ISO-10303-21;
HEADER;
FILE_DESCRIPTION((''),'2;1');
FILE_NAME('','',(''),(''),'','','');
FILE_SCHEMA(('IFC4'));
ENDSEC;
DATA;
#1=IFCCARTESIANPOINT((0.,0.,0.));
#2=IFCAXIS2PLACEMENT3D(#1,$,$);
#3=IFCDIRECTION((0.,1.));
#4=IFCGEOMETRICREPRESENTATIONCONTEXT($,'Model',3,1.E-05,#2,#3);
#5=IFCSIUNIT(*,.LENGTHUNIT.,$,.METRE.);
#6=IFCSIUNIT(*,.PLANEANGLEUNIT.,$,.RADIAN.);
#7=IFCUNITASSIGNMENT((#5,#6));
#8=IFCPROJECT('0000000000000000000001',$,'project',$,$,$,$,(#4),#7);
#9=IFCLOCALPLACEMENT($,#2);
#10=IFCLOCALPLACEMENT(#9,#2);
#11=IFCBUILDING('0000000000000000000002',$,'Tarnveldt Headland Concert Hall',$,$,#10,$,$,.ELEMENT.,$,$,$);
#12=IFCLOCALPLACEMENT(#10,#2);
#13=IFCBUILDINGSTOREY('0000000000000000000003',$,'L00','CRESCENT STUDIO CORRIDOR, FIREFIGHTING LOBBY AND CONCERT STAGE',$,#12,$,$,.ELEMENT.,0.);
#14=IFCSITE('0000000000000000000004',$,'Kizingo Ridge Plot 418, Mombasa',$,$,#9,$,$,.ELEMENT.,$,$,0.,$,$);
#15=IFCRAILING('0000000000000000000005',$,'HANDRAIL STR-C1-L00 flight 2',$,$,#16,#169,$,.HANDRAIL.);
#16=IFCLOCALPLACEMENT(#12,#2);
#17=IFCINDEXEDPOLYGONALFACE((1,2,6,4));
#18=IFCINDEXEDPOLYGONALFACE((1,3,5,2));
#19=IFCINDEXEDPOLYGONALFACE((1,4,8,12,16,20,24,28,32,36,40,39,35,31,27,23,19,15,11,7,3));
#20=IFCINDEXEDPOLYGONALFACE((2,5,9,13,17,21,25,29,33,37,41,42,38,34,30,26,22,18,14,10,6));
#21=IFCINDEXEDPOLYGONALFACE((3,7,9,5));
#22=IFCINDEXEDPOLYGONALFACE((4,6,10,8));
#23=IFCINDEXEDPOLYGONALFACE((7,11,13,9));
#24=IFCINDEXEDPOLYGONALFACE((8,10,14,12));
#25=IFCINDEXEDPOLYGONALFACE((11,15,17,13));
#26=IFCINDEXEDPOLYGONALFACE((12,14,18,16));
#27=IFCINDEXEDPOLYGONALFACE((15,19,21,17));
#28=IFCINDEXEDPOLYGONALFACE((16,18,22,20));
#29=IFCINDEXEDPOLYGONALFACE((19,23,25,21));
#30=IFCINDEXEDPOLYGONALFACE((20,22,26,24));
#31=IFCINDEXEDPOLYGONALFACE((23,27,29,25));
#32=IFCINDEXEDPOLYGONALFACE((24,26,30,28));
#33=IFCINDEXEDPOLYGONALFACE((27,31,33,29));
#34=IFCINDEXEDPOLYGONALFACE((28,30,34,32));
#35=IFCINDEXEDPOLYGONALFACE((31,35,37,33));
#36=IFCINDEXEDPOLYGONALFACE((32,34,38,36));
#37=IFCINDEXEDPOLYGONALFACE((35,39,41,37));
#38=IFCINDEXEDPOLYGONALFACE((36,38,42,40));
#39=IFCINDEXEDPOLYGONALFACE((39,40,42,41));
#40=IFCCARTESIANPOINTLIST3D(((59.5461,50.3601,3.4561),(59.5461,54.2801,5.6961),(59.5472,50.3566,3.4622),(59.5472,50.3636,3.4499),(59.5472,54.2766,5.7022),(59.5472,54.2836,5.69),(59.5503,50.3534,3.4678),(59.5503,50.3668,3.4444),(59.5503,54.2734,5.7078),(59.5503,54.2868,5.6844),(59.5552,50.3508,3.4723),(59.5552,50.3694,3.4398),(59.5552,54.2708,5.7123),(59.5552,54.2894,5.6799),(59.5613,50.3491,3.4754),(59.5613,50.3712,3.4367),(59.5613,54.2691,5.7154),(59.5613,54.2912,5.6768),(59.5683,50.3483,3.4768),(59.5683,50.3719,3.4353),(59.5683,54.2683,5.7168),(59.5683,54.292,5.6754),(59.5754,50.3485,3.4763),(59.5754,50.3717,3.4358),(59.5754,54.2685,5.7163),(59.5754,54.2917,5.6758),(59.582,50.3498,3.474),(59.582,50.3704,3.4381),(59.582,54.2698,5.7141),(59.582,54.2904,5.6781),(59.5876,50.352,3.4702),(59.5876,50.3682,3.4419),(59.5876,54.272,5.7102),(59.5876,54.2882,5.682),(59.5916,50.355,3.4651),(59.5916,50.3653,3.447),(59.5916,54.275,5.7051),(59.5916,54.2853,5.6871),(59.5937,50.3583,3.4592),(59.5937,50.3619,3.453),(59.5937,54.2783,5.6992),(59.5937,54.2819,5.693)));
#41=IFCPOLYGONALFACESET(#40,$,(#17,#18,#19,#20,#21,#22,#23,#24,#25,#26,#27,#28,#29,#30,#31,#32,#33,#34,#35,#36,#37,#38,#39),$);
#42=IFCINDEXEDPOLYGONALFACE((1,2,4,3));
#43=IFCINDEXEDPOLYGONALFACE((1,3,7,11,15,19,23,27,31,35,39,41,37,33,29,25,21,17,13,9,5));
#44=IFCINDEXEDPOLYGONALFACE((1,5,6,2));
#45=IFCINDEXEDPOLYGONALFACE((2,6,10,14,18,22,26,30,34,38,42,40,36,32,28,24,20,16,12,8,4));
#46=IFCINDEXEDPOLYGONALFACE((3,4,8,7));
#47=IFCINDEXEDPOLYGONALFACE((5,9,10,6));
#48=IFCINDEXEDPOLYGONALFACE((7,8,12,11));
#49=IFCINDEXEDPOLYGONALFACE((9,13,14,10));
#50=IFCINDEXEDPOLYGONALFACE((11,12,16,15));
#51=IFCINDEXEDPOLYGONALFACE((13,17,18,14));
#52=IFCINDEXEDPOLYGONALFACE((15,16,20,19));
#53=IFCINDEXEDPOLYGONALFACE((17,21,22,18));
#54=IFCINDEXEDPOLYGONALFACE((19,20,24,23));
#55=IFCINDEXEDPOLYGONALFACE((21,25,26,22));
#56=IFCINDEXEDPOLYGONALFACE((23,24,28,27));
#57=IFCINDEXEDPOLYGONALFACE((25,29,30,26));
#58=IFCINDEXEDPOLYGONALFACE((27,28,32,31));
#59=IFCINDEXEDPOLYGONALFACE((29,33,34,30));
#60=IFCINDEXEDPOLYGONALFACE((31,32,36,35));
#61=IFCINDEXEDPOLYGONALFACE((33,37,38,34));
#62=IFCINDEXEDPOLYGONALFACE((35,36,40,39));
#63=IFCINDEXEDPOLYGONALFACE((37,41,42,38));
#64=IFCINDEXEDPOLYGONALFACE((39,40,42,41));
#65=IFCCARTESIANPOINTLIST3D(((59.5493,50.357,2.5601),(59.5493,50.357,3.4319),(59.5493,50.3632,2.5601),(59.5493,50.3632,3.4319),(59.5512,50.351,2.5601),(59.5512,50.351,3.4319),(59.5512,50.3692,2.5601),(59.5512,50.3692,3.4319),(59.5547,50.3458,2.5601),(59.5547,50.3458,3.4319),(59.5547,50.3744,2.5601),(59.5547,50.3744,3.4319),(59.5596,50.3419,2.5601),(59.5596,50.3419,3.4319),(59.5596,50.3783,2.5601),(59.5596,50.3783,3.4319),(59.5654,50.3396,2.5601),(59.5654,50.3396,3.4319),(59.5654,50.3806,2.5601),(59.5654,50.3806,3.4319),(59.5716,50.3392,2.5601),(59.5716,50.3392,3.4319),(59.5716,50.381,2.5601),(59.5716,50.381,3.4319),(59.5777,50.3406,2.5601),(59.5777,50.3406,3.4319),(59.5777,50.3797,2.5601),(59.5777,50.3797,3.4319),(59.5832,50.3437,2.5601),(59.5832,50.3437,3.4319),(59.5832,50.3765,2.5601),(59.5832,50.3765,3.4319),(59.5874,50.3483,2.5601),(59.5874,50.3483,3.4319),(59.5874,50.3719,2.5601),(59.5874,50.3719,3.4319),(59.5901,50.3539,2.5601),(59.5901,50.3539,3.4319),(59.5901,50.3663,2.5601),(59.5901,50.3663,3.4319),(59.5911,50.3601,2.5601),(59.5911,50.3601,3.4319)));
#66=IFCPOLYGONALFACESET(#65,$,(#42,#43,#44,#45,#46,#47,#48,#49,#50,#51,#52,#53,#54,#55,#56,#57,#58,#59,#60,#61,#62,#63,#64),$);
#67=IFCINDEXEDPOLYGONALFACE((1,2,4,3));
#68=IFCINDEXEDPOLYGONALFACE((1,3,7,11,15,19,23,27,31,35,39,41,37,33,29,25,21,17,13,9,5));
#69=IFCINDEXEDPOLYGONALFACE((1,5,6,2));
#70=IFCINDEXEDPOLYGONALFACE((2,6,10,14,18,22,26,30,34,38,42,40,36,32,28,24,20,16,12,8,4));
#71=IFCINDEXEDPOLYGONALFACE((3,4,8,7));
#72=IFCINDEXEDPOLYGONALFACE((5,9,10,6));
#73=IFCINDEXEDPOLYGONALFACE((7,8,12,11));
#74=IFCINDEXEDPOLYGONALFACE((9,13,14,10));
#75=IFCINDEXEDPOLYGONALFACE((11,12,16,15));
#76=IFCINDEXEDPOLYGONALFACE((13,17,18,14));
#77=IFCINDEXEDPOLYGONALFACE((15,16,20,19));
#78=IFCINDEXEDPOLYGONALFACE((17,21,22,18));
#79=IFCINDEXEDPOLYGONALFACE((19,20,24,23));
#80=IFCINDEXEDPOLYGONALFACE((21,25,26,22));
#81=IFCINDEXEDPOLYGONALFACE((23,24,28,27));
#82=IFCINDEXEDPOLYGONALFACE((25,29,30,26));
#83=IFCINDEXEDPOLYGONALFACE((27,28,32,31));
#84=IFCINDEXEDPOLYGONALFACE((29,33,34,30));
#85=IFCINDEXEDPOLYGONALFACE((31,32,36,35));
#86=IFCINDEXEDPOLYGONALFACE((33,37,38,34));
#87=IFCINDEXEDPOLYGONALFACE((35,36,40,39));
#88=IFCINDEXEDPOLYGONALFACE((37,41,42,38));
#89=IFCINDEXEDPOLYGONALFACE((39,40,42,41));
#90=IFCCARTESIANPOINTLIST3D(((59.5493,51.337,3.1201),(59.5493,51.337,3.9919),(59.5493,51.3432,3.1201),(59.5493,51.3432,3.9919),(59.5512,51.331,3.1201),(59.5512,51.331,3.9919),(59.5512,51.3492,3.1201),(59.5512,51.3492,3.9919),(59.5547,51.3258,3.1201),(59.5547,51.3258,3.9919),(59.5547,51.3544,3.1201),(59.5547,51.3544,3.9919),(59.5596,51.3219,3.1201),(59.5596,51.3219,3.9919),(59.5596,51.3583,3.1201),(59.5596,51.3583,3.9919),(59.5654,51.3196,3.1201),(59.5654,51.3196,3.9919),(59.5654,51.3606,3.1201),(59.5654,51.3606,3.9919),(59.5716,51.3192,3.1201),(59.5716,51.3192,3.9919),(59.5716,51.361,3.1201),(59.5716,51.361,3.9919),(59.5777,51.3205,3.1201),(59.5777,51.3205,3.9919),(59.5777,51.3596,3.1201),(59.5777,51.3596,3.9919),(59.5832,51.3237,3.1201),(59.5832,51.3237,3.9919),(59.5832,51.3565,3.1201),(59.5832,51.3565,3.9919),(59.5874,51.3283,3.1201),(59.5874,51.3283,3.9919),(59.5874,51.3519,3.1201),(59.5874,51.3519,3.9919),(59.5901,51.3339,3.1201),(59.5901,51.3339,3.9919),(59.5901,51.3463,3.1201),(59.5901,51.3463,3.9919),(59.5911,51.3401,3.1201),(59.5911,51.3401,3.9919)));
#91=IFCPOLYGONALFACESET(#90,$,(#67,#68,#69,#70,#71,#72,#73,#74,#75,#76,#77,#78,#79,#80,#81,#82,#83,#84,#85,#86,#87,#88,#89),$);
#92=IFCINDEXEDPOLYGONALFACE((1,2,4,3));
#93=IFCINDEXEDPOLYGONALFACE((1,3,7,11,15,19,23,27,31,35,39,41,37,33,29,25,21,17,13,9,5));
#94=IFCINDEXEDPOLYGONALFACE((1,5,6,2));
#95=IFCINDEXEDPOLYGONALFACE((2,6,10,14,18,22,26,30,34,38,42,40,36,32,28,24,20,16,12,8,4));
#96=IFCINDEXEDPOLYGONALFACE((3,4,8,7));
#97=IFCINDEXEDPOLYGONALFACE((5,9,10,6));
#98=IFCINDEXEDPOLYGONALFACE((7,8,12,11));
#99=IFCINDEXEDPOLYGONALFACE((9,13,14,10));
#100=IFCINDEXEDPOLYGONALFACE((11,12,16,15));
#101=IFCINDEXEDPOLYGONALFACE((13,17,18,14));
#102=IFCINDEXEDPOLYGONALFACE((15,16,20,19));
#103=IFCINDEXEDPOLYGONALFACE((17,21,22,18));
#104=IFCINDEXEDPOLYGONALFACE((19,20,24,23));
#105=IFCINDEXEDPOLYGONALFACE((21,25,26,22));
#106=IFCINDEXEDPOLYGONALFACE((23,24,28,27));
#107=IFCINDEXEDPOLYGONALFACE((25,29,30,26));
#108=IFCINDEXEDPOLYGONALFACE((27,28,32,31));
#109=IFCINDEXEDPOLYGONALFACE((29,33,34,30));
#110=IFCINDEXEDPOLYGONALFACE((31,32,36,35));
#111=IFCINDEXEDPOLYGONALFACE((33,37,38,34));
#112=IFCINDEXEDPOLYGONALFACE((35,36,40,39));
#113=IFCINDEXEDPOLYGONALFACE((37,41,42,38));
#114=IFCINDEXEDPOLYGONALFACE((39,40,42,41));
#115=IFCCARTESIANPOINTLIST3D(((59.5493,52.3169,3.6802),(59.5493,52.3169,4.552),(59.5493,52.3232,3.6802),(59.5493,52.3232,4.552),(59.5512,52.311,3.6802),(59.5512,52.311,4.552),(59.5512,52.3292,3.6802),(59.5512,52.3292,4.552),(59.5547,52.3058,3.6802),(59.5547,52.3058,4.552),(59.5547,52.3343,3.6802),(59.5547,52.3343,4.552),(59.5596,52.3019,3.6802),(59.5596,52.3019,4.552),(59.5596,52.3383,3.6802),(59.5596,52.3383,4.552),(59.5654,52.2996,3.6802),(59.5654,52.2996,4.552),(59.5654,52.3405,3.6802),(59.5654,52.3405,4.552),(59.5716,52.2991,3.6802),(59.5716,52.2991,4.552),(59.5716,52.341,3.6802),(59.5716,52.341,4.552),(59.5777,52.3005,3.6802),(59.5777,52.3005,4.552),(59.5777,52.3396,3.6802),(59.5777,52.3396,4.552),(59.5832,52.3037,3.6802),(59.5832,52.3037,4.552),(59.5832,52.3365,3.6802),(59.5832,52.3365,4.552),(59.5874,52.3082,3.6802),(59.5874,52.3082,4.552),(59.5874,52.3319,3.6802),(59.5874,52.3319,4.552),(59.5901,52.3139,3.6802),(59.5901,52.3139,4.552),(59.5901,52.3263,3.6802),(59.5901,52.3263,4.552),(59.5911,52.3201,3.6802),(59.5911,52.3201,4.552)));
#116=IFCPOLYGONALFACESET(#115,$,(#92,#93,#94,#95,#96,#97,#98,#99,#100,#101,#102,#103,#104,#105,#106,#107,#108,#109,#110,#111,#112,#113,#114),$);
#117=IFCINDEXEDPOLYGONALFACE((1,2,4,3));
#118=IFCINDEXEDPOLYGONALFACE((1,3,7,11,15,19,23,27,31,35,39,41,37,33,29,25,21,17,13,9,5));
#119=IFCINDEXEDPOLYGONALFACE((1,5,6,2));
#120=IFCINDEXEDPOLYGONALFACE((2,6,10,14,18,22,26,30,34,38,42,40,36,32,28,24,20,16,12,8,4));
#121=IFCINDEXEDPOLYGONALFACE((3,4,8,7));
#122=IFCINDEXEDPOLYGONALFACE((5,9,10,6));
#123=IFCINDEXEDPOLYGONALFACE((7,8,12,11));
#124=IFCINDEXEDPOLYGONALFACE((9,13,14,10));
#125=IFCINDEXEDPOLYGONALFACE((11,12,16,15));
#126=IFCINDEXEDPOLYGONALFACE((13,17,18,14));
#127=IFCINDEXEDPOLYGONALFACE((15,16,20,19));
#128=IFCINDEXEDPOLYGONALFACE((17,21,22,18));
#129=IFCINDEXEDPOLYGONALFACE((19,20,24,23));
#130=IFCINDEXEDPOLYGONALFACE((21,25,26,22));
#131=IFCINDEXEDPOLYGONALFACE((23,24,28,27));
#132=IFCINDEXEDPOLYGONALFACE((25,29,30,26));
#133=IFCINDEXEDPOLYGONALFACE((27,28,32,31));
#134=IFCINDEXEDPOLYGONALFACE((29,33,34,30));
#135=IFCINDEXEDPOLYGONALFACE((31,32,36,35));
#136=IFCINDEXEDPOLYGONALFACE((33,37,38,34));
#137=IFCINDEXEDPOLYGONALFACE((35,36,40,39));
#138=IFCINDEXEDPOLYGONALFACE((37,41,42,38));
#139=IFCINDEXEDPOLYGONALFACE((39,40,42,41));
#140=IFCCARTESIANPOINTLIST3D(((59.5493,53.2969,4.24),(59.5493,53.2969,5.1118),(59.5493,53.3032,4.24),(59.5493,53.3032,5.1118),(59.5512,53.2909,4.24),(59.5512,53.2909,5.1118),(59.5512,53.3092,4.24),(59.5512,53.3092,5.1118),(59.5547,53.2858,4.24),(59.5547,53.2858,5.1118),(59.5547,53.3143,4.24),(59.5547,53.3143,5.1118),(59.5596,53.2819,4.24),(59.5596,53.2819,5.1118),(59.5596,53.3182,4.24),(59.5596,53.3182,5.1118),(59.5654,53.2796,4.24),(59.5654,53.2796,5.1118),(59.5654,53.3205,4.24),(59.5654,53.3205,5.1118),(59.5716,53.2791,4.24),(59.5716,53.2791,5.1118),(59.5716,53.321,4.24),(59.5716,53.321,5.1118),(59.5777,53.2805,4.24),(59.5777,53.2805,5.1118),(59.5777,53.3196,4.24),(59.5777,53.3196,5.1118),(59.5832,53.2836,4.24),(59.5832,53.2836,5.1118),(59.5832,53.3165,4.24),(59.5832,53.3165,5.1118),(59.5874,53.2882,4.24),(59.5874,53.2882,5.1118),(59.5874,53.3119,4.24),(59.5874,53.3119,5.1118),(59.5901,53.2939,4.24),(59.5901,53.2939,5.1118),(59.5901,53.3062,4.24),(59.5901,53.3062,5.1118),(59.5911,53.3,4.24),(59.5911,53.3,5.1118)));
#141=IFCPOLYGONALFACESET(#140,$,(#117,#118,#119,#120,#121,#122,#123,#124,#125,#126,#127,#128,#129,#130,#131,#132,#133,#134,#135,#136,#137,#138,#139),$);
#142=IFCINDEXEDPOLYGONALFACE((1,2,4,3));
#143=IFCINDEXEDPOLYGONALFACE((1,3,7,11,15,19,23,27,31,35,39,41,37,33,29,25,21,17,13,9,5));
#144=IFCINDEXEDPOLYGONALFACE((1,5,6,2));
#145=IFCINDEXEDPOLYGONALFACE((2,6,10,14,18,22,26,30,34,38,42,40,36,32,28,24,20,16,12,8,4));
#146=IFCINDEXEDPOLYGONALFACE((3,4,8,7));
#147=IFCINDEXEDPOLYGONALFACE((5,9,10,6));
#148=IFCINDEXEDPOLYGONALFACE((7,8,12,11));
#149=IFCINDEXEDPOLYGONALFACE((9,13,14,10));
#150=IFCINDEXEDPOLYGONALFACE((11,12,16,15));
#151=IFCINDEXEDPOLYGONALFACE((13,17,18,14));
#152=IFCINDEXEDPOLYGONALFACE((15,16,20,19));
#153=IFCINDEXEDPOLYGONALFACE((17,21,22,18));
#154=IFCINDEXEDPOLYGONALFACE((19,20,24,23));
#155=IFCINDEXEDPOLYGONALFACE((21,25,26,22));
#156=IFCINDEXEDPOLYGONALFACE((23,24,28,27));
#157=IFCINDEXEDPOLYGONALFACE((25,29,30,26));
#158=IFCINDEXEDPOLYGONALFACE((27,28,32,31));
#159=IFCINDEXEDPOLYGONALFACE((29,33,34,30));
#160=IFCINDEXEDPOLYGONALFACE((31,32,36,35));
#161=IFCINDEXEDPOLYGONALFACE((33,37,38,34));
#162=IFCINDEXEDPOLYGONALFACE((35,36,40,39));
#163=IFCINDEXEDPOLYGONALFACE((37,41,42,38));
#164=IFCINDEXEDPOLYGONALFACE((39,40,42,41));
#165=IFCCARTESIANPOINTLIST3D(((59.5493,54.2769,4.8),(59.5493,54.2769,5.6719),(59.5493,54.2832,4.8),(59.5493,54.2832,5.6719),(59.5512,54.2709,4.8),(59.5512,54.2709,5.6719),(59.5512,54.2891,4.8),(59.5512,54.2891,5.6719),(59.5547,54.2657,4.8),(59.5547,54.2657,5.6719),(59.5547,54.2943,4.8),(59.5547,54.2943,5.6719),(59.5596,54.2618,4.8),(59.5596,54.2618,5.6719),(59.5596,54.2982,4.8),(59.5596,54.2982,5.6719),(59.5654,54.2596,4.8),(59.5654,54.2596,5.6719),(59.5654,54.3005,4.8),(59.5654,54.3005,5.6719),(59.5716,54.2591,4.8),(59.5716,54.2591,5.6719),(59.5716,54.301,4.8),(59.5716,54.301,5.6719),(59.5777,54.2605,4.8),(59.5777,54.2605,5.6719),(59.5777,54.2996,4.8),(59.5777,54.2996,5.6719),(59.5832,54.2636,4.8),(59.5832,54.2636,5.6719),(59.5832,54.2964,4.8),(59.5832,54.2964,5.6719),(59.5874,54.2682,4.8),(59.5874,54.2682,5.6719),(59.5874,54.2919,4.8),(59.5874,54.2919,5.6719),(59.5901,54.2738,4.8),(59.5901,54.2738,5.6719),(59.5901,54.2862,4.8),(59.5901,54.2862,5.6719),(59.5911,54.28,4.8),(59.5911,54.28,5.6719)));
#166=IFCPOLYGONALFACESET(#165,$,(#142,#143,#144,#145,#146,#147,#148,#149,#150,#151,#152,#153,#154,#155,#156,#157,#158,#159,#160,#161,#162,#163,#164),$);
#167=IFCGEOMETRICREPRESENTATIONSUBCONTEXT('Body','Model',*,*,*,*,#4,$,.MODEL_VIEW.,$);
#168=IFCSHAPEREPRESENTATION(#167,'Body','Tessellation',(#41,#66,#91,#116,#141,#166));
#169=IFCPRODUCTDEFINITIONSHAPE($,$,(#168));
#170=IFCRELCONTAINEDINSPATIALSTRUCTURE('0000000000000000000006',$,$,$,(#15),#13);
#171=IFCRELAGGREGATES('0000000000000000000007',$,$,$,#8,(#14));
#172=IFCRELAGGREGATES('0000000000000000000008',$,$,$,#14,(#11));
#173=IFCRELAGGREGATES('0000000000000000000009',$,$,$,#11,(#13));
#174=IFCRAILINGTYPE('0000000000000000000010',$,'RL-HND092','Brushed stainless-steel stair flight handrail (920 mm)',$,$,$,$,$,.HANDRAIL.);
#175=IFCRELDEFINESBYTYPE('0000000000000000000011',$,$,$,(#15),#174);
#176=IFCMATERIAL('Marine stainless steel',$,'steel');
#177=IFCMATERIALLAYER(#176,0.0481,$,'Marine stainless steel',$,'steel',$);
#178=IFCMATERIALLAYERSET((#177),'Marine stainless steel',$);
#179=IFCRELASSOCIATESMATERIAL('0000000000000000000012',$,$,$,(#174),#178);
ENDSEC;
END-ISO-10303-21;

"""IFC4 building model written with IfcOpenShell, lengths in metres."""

from ifc_helpers import new_model, si_unit, direction, frame, origin, origin_2d, place, context, subcontext, project, spatial, circle, extrude, material, layer, layer_set, type_object, element, save


model = new_model("IFC4")

# Units and contexts
model_context = context("Model", 3, precision=1e-05, world=origin(), true_north=direction((0.0, 1.0)))
body_context = subcontext(model_context, "Body", "Model", "MODEL_VIEW")
ifc_project = project(units=[si_unit("LENGTHUNIT", "METRE"), si_unit("PLANEANGLEUNIT", "RADIAN")], contexts=[model_context])

# Site, building, storey
site_placement = place(None, origin())
site = spatial("IfcSite", under=ifc_project, at=site_placement, Name="Kizingo Ridge Plot 418, Mombasa", CompositionType="ELEMENT", RefElevation=0.0)
building_placement = place(site_placement, origin())
building = spatial("IfcBuilding", under=site, at=building_placement, Name="Tarnveldt Headland Concert Hall", CompositionType="ELEMENT")
storey_placement = place(building_placement, origin())
storey = spatial("IfcBuildingStorey", under=building, at=storey_placement, Name="L00", Description="CRESCENT STUDIO CORRIDOR, FIREFIGHTING LOBBY AND CONCERT STAGE", CompositionType="ELEMENT", Elevation=0.0)

# Railing
ifc_material_1 = material(Name="Marine stainless steel", Category="steel")
ifc_layer_1 = layer(ifc_material_1, 0.0481, Name="Marine stainless steel", Category="steel")
ifc_layer_set_1 = layer_set([ifc_layer_1], Name="Marine stainless steel")
railing_type_1 = type_object("IfcRailingType", Name="RL-HND092", Description="Brushed stainless-steel stair flight handrail (920 mm)", PredefinedType="HANDRAIL", material=ifc_layer_set_1)
railing_1_placement = place(storey_placement, frame((59.5701, 50.3601, 2.5601)))
element("IfcRailing", 1, at=railing_1_placement, inside=storey, type_object=railing_type_1, Name="HANDRAIL STR-C1-L00 flight 2", PredefinedType="HANDRAIL", context=body_context, shape_type="SweptSolid", body=[
    extrude(circle(Radius=0.0239, at=origin_2d()), frame((0.0, 0.0, 0.896), z_axis=(0.0, 0.86824, 0.496145), x_axis=(-1.0, 0.0, 0.0)), (0.0, 0.0, 1.0), 4.5149),
    extrude(circle(Radius=0.021, at=origin_2d()), origin(), (0.0, 0.0, 1.0), 0.8718),
    extrude(circle(Radius=0.021, at=origin_2d()), frame((0.0, 0.98, 0.5601)), (0.0, 0.0, 1.0), 0.8718),
    extrude(circle(Radius=0.021, at=origin_2d()), frame((0.0, 1.96, 1.1201)), (0.0, 0.0, 1.0), 0.8718),
    extrude(circle(Radius=0.021, at=origin_2d()), frame((0.0, 2.9399, 1.6799)), (0.0, 0.0, 1.0), 0.8718),
    extrude(circle(Radius=0.021, at=origin_2d()), frame((0.0, 3.9199, 2.24)), (0.0, 0.0, 1.0), 0.8718),
])

save(model, "model.ifc")
